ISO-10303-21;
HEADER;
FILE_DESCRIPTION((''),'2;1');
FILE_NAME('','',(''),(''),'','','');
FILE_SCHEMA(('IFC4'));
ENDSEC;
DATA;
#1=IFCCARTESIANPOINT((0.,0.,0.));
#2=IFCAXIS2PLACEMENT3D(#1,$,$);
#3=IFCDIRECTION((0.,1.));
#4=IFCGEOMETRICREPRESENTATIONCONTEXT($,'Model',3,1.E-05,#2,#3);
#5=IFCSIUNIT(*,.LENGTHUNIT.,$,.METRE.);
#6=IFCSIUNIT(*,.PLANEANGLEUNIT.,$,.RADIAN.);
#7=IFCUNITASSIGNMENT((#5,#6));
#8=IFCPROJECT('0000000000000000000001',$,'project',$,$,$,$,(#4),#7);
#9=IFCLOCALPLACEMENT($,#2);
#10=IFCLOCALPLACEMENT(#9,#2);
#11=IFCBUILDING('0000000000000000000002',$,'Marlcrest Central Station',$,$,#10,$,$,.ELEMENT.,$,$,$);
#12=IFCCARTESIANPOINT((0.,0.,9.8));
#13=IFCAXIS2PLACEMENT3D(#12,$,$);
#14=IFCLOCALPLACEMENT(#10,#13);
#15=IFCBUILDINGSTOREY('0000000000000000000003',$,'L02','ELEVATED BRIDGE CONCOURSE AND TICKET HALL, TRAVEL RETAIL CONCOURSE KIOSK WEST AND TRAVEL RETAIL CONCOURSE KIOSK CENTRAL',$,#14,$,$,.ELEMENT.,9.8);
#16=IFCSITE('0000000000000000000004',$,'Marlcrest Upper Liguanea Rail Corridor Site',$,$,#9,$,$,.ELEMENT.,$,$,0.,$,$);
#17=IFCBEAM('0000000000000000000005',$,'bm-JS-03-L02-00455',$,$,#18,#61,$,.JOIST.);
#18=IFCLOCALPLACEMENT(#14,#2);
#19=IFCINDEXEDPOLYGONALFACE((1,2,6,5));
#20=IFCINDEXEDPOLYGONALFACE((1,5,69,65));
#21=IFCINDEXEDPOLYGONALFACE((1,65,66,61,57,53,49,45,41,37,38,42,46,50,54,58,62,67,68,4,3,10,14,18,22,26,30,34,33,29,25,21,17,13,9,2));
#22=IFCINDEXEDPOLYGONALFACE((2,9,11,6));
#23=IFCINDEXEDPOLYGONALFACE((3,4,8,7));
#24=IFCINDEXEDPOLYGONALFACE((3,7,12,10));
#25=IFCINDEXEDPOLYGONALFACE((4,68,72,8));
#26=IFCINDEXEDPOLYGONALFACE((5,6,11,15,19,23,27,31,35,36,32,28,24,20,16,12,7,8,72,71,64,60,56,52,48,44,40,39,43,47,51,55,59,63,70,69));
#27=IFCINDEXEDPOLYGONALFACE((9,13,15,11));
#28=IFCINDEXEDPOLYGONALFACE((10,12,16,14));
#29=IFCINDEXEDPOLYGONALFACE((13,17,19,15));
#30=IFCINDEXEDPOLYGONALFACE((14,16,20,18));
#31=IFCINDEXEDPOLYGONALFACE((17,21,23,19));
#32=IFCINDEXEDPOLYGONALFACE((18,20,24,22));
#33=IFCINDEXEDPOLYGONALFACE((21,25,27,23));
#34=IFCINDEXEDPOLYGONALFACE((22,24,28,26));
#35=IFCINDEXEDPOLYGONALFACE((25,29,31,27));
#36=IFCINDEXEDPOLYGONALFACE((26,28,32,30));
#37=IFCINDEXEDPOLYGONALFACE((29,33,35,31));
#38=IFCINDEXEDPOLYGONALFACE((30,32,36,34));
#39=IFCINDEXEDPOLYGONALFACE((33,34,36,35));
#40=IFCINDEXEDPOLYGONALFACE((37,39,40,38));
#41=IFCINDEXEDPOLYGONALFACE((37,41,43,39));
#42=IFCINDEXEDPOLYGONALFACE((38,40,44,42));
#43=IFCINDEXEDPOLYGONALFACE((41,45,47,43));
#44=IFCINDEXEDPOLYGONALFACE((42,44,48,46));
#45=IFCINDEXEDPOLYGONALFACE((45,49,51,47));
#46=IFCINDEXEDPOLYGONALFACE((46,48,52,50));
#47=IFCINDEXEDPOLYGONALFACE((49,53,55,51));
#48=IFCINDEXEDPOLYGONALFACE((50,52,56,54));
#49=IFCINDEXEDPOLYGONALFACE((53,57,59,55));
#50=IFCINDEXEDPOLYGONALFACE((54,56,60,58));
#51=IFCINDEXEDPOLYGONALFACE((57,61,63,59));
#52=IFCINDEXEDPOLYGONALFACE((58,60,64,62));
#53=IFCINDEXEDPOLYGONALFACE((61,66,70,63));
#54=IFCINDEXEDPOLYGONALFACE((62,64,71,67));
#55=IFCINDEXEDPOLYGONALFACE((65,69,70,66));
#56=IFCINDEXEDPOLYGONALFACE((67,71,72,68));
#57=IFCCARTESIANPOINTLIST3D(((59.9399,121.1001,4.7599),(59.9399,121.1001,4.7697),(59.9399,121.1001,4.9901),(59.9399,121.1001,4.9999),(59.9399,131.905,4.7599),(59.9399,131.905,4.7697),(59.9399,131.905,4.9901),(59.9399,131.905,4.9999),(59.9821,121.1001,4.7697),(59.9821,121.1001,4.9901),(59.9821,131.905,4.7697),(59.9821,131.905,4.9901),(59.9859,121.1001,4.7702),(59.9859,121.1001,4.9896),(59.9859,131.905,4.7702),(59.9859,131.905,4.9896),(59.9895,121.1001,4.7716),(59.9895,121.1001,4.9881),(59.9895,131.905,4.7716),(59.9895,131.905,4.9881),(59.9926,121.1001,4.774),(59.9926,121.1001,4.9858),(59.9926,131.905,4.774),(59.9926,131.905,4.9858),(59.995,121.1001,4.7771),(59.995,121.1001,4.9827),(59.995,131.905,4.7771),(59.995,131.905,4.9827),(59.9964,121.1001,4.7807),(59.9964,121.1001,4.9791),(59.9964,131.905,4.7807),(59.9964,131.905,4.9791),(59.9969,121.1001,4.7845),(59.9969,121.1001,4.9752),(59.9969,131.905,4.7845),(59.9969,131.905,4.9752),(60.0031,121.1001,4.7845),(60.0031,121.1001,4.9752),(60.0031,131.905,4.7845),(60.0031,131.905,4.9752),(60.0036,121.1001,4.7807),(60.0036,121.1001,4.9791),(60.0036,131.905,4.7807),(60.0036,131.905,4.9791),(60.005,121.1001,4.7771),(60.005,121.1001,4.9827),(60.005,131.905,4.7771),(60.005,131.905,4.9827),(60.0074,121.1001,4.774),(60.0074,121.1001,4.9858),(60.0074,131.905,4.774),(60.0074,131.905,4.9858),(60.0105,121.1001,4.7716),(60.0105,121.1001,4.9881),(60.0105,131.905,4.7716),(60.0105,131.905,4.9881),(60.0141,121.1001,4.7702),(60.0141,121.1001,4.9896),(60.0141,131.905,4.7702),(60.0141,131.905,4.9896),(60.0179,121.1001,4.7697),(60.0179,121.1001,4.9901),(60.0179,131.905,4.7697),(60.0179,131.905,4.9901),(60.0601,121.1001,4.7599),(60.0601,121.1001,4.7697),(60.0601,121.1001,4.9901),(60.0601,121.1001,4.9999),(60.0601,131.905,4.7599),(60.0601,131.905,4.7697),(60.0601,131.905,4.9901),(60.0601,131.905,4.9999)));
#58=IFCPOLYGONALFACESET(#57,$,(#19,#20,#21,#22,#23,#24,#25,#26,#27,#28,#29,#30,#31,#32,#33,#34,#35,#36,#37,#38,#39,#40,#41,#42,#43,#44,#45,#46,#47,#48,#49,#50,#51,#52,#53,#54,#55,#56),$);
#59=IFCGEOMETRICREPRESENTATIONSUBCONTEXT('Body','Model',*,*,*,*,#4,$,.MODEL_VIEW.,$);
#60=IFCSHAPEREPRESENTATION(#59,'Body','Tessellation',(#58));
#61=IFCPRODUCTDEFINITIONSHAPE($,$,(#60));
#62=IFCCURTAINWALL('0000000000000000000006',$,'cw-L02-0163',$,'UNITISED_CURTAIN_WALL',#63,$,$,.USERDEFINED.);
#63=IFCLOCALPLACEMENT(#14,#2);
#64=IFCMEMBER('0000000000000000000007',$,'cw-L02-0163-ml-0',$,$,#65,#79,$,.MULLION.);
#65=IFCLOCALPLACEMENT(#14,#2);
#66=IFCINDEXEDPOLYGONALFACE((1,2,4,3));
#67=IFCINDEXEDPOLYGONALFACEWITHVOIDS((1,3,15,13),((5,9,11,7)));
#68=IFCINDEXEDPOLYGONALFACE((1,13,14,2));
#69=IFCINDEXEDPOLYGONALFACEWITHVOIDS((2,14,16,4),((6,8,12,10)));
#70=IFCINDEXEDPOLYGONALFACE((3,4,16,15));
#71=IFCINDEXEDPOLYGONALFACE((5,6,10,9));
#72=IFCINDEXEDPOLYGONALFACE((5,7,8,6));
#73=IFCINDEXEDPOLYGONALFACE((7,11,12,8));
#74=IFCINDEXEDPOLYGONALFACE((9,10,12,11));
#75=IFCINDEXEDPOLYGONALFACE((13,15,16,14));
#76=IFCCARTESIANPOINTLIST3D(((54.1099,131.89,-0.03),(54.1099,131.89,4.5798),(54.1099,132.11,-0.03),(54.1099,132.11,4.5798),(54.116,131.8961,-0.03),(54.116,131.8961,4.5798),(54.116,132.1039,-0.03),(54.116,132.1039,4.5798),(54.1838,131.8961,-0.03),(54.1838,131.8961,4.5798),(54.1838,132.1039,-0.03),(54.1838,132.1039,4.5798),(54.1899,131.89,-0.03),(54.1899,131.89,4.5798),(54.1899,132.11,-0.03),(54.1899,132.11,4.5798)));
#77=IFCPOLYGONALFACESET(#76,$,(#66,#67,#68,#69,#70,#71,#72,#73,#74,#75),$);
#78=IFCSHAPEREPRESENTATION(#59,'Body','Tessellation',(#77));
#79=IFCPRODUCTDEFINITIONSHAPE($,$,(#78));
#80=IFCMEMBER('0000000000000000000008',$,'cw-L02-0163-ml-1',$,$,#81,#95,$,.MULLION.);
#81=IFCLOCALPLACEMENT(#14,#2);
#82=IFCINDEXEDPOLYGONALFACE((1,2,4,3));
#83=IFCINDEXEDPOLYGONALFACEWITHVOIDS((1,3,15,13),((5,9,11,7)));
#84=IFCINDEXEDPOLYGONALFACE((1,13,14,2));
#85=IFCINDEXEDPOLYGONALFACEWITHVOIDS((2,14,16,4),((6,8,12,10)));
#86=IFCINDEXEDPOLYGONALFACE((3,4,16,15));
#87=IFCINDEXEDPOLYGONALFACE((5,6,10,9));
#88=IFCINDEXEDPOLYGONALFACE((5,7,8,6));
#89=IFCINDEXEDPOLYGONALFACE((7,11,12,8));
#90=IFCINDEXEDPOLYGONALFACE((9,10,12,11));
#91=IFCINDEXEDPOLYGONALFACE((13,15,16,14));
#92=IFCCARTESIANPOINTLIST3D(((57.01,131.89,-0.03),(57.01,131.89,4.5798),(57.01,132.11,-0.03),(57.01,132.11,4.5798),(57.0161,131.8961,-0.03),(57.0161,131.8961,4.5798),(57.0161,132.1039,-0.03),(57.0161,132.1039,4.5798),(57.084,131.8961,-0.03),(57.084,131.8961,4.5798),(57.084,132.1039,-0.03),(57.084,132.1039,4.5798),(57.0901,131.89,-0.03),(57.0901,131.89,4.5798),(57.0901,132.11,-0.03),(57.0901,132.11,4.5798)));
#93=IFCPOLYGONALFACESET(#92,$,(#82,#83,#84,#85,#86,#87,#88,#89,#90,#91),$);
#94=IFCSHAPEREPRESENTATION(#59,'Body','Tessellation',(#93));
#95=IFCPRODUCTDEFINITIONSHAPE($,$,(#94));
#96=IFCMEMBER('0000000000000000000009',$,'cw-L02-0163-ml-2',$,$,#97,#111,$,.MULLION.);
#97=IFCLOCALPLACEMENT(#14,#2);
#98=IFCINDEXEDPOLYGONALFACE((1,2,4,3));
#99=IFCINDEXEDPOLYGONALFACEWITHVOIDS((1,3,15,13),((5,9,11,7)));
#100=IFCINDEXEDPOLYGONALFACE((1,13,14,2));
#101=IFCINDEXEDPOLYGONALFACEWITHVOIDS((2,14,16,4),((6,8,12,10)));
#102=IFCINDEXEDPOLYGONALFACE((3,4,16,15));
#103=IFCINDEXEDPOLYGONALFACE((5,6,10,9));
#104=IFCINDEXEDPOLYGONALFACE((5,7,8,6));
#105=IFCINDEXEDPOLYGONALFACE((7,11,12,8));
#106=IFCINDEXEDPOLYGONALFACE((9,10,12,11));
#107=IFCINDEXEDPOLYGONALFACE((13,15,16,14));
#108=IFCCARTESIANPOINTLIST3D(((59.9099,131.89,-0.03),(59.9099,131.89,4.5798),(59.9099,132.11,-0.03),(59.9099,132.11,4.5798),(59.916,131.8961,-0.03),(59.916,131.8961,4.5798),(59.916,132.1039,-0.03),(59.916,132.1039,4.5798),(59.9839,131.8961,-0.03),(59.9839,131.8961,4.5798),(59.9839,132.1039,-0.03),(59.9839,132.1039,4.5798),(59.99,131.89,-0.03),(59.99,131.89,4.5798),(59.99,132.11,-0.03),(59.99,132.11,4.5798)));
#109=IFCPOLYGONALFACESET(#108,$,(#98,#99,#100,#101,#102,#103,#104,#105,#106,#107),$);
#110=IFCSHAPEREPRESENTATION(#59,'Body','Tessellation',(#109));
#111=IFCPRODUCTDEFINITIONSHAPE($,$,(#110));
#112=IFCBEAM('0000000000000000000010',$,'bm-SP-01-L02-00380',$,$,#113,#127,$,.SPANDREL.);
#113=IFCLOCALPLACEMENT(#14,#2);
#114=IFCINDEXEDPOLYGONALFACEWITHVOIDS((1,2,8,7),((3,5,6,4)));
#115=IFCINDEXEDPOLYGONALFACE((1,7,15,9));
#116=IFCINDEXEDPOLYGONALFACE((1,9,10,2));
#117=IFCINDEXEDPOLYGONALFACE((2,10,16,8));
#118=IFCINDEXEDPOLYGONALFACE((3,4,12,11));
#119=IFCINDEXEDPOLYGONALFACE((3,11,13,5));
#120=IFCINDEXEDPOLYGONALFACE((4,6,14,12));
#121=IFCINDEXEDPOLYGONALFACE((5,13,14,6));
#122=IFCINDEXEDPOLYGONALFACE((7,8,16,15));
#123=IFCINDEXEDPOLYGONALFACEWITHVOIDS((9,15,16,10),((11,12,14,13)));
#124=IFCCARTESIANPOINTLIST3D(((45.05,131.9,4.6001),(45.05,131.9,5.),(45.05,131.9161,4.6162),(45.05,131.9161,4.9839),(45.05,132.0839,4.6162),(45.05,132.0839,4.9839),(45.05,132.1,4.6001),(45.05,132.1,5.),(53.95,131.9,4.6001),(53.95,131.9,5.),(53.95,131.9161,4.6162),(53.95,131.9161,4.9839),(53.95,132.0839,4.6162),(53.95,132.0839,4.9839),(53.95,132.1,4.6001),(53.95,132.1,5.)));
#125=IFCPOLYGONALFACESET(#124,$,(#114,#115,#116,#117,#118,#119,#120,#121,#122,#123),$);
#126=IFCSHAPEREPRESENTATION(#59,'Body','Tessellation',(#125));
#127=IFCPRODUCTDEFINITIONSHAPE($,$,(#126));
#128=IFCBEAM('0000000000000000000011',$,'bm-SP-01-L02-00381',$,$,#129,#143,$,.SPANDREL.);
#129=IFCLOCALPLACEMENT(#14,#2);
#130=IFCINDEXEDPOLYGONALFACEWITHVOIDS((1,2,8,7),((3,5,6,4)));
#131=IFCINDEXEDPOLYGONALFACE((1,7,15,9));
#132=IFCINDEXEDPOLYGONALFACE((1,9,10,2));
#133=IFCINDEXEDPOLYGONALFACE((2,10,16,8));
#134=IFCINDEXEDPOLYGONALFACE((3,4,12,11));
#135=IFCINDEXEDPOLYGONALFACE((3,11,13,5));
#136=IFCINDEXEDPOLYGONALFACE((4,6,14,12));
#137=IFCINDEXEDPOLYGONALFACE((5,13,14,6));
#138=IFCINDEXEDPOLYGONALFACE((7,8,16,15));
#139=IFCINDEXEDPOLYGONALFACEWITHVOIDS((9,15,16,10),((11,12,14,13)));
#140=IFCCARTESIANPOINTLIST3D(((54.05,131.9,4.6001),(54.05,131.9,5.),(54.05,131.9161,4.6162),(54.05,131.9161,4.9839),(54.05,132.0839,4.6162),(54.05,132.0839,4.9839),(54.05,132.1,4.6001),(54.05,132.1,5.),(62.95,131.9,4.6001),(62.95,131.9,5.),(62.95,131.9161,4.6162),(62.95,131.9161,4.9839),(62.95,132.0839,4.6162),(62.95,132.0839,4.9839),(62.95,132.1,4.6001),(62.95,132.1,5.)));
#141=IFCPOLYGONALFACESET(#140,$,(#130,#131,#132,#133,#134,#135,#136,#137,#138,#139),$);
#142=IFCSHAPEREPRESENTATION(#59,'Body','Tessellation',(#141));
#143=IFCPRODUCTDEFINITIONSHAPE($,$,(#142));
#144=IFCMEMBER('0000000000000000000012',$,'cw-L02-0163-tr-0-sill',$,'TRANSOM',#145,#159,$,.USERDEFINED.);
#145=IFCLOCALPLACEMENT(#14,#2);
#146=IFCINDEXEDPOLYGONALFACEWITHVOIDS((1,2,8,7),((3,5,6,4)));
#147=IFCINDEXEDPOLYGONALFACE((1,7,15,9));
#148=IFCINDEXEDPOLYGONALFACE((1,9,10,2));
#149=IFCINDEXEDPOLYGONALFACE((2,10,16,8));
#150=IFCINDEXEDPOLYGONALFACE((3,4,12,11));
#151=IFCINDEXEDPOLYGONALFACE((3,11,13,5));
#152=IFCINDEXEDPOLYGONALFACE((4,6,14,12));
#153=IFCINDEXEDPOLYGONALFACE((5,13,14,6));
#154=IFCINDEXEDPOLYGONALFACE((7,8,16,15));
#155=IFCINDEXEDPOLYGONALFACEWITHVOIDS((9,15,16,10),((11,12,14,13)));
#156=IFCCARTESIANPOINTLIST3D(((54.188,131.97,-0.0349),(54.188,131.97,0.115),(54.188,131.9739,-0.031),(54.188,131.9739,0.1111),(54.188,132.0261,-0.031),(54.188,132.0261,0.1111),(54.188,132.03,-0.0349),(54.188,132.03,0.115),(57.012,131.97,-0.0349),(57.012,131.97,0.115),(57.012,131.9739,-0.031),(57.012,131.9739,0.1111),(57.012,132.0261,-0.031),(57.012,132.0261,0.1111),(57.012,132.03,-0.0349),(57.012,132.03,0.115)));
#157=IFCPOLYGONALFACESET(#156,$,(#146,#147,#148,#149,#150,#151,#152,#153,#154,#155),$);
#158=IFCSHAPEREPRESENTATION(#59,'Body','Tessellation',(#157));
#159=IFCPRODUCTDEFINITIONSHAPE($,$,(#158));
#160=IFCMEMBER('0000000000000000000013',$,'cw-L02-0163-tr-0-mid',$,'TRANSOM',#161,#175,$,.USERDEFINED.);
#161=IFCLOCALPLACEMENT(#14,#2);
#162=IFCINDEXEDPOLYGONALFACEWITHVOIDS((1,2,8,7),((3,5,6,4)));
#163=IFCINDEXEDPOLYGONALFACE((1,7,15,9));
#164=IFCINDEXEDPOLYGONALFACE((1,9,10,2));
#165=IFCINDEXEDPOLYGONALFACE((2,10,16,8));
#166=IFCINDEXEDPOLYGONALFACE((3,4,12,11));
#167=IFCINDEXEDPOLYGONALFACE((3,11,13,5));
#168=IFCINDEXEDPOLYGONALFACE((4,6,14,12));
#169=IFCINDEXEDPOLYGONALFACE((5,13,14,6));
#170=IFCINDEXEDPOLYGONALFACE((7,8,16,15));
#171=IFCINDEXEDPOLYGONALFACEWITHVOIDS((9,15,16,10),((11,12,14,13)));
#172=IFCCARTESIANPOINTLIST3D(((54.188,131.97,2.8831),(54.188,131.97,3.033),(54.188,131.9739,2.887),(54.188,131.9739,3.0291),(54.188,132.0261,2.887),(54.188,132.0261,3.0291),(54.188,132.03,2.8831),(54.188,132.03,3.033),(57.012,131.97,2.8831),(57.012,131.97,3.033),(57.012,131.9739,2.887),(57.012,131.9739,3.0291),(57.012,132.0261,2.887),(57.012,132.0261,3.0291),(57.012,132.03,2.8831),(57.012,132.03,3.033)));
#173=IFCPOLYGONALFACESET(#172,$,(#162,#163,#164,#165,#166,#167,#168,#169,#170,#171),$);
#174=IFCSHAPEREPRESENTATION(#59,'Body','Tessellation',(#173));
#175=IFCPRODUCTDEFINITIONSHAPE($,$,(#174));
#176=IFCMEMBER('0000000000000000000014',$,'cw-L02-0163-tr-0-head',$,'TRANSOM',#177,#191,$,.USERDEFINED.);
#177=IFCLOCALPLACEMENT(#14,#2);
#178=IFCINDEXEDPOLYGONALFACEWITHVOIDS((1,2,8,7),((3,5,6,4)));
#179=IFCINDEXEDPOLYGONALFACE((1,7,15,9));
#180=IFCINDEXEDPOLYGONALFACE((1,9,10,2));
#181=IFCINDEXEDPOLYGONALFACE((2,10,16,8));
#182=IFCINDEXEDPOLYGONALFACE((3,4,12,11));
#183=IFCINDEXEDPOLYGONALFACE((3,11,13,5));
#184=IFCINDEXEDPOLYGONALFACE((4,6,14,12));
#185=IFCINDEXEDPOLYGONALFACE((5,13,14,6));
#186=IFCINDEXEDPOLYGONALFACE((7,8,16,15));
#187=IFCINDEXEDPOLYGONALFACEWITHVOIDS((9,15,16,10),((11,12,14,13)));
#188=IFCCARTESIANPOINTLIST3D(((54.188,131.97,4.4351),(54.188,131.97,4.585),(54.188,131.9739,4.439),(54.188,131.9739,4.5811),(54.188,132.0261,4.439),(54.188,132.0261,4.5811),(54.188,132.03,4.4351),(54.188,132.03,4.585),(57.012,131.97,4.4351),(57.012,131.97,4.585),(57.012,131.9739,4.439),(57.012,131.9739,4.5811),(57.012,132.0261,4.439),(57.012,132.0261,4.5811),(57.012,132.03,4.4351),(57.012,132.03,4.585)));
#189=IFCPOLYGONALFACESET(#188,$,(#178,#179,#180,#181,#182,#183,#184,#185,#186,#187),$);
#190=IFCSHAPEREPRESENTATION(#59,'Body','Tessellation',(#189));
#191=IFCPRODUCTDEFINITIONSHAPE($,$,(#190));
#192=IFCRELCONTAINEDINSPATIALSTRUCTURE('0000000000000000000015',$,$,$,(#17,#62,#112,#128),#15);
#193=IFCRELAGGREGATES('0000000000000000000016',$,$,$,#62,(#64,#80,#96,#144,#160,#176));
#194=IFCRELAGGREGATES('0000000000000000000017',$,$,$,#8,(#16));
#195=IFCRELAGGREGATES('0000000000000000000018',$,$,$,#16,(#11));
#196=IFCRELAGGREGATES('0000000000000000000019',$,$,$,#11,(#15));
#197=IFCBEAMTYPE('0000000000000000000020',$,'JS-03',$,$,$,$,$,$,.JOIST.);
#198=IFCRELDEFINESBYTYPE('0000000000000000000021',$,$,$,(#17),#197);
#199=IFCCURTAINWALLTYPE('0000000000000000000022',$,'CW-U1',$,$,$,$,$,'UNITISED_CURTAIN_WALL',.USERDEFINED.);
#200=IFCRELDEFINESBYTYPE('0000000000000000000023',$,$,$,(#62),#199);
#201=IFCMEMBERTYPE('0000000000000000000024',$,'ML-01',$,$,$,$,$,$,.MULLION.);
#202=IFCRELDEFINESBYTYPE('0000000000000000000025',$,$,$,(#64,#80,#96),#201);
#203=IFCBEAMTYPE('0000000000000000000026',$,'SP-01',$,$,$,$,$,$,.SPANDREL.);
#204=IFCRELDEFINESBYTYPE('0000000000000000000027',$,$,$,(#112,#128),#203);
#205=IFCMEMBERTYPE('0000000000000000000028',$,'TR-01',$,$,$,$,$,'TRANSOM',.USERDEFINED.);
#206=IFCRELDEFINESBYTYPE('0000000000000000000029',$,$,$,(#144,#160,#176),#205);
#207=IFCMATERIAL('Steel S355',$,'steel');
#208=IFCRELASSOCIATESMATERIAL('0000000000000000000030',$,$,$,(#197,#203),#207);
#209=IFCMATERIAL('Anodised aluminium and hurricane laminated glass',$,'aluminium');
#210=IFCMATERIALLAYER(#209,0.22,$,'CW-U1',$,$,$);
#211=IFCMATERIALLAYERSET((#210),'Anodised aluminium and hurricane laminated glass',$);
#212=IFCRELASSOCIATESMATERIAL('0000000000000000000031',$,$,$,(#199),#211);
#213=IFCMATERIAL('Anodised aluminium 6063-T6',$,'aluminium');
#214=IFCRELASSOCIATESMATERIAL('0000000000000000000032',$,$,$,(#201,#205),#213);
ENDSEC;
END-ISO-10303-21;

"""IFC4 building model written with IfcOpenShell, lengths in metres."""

from ifc_helpers import new_model, si_unit, direction, frame, origin, origin_2d, place, context, subcontext, project, spatial, hollow_rectangle, i_section, extrude, material, layer, layer_set, material_profile, profile_set, type_object, element, aggregate, save


model = new_model("IFC4")

# Units and contexts
model_context = context("Model", 3, precision=1e-05, world=origin(), true_north=direction((0.0, 1.0)))
body_context = subcontext(model_context, "Body", "Model", "MODEL_VIEW")
ifc_project = project(units=[si_unit("LENGTHUNIT", "METRE"), si_unit("PLANEANGLEUNIT", "RADIAN")], contexts=[model_context])

# Site, building, storey
site_placement = place(None, origin())
site = spatial("IfcSite", under=ifc_project, at=site_placement, Name="Marlcrest Upper Liguanea Rail Corridor Site", CompositionType="ELEMENT", RefElevation=0.0)
building_placement = place(site_placement, origin())
building = spatial("IfcBuilding", under=site, at=building_placement, Name="Marlcrest Central Station", CompositionType="ELEMENT")
storey_placement = place(building_placement, frame((0.0, 0.0, 9.8)))
storey = spatial("IfcBuildingStorey", under=building, at=storey_placement, Name="L02", Description="ELEVATED BRIDGE CONCOURSE AND TICKET HALL, TRAVEL RETAIL CONCOURSE KIOSK WEST AND TRAVEL RETAIL CONCOURSE KIOSK CENTRAL", CompositionType="ELEMENT", Elevation=9.8)

# Shared definitions
ifc_material_1 = material(Name="Steel S355", Category="steel")

# Beam
ifc_material_profile_1 = material_profile(ifc_material_1, i_section(OverallWidth=0.1201, OverallDepth=0.24, WebThickness=0.0061, FlangeThickness=0.0098, FilletRadius=0.0149, at=origin_2d()), Name="IPE 240")
ifc_profile_set_1 = profile_set([ifc_material_profile_1], Name="Steel S355")
beam_type_1 = type_object("IfcBeamType", Name="JS-03", PredefinedType="JOIST", material=ifc_profile_set_1)
for number, where, z_axis, x_axis, name in (
    (1, (60.0, 121.1001, 4.8799), (0.0, 1.0, 0.0), (-1.0, 0.0, 0.0), "bm-JS-03-L02-00455"),
):
    element("IfcBeam", number, at=place(storey_placement, frame(where, z_axis=z_axis, x_axis=x_axis)), inside=storey, type_object=beam_type_1, Name=name, PredefinedType="JOIST", context=body_context, shape_type="SweptSolid", body=[
        extrude(i_section(OverallWidth=0.1201, OverallDepth=0.24, WebThickness=0.0061, FlangeThickness=0.0098, FilletRadius=0.0149, at=origin_2d()), origin(), (0.0, 0.0, 1.0), 10.8049),
    ])

# Curtain wall, members
ifc_material_2 = material(Name="Anodised aluminium and hurricane laminated glass", Category="aluminium")
ifc_layer_1 = layer(ifc_material_2, 0.22, Name="CW-U1")
ifc_layer_set_1 = layer_set([ifc_layer_1], Name="Anodised aluminium and hurricane laminated glass")
curtain_wall_type = type_object("IfcCurtainWallType", Name="CW-U1", ElementType="UNITISED_CURTAIN_WALL", PredefinedType="USERDEFINED", material=ifc_layer_set_1)
curtain_wall_placement = place(storey_placement, origin())
curtain_wall = element("IfcCurtainWall", 2, at=curtain_wall_placement, inside=storey, type_object=curtain_wall_type, Name="cw-L02-0163", ObjectType="UNITISED_CURTAIN_WALL", PredefinedType="USERDEFINED")
ifc_material_3 = material(Name="Anodised aluminium 6063-T6", Category="aluminium")
ifc_material_profile_2 = material_profile(ifc_material_3, hollow_rectangle(XDim=0.0801, YDim=0.22, WallThickness=0.0061, at=origin_2d()), Name="AA-RHS 220x80x6")
ifc_profile_set_2 = profile_set([ifc_material_profile_2], Name="Anodised aluminium 6063-T6")
member_type_1 = type_object("IfcMemberType", Name="ML-01", PredefinedType="MULLION", material=ifc_profile_set_2)
member_1_placement = place(storey_placement, frame((54.1499, 132.0, -0.03), z_axis=(0.0, 0.0, 1.0), x_axis=(1.0, 0.0, 0.0)))
member_1 = element("IfcMember", 3, at=member_1_placement, type_object=member_type_1, Name="cw-L02-0163-ml-0", PredefinedType="MULLION", context=body_context, shape_type="SweptSolid", body=[
    extrude(hollow_rectangle(XDim=0.0801, YDim=0.22, WallThickness=0.0061, at=origin_2d()), origin(), (0.0, 0.0, 1.0), 4.6099),
])
member_2_placement = place(storey_placement, frame((57.05, 132.0, -0.03), z_axis=(0.0, 0.0, 1.0), x_axis=(1.0, 0.0, 0.0)))
member_2 = element("IfcMember", 4, at=member_2_placement, type_object=member_type_1, Name="cw-L02-0163-ml-1", PredefinedType="MULLION", context=body_context, shape_type="SweptSolid", body=[
    extrude(hollow_rectangle(XDim=0.0801, YDim=0.22, WallThickness=0.0061, at=origin_2d()), origin(), (0.0, 0.0, 1.0), 4.6099),
])
member_3_placement = place(storey_placement, frame((59.95, 132.0, -0.03), z_axis=(0.0, 0.0, 1.0), x_axis=(1.0, 0.0, 0.0)))
member_3 = element("IfcMember", 5, at=member_3_placement, type_object=member_type_1, Name="cw-L02-0163-ml-2", PredefinedType="MULLION", context=body_context, shape_type="SweptSolid", body=[
    extrude(hollow_rectangle(XDim=0.0801, YDim=0.22, WallThickness=0.0061, at=origin_2d()), origin(), (0.0, 0.0, 1.0), 4.6099),
])

# Beams
ifc_material_profile_3 = material_profile(ifc_material_1, hollow_rectangle(XDim=0.2, YDim=0.3999, WallThickness=0.0161, at=origin_2d()), Name="RHS 400x200x16")
ifc_profile_set_3 = profile_set([ifc_material_profile_3], Name="Steel S355")
beam_type_2 = type_object("IfcBeamType", Name="SP-01", PredefinedType="SPANDREL", material=ifc_profile_set_3)
for number, where, z_axis, x_axis, name in (
    (6, (45.05, 132.0, 4.8), (1.0, 0.0, 0.0), (0.0, 1.0, 0.0), "bm-SP-01-L02-00380"),
    (7, (54.05, 132.0, 4.8), (1.0, 0.0, 0.0), (0.0, 1.0, 0.0), "bm-SP-01-L02-00381"),
):
    element("IfcBeam", number, at=place(storey_placement, frame(where, z_axis=z_axis, x_axis=x_axis)), inside=storey, type_object=beam_type_2, Name=name, PredefinedType="SPANDREL", context=body_context, shape_type="SweptSolid", body=[
        extrude(hollow_rectangle(XDim=0.2, YDim=0.3999, WallThickness=0.0161, at=origin_2d()), origin(), (0.0, 0.0, 1.0), 8.8999),
    ])

# Members
ifc_material_profile_4 = material_profile(ifc_material_3, hollow_rectangle(XDim=0.0601, YDim=0.1499, WallThickness=0.0039, at=origin_2d()), Name="AA-RHS 150x60x4")
ifc_profile_set_4 = profile_set([ifc_material_profile_4], Name="Anodised aluminium 6063-T6")
member_type_2 = type_object("IfcMemberType", Name="TR-01", ElementType="TRANSOM", PredefinedType="USERDEFINED", material=ifc_profile_set_4)
member_4_placement = place(storey_placement, frame((54.188, 132.0, 0.04), z_axis=(1.0, 0.0, 0.0), x_axis=(0.0, 1.0, 0.0)))
member_4 = element("IfcMember", 8, at=member_4_placement, type_object=member_type_2, Name="cw-L02-0163-tr-0-sill", ObjectType="TRANSOM", PredefinedType="USERDEFINED", context=body_context, shape_type="SweptSolid", body=[
    extrude(hollow_rectangle(XDim=0.0601, YDim=0.1499, WallThickness=0.0039, at=origin_2d()), origin(), (0.0, 0.0, 1.0), 2.824),
])
member_5_placement = place(storey_placement, frame((54.188, 132.0, 2.958), z_axis=(1.0, 0.0, 0.0), x_axis=(0.0, 1.0, 0.0)))
member_5 = element("IfcMember", 9, at=member_5_placement, type_object=member_type_2, Name="cw-L02-0163-tr-0-mid", ObjectType="TRANSOM", PredefinedType="USERDEFINED", context=body_context, shape_type="SweptSolid", body=[
    extrude(hollow_rectangle(XDim=0.0601, YDim=0.1499, WallThickness=0.0039, at=origin_2d()), origin(), (0.0, 0.0, 1.0), 2.824),
])
member_6_placement = place(storey_placement, frame((54.188, 132.0, 4.51), z_axis=(1.0, 0.0, 0.0), x_axis=(0.0, 1.0, 0.0)))
member_6 = element("IfcMember", 10, at=member_6_placement, type_object=member_type_2, Name="cw-L02-0163-tr-0-head", ObjectType="TRANSOM", PredefinedType="USERDEFINED", context=body_context, shape_type="SweptSolid", body=[
    extrude(hollow_rectangle(XDim=0.0601, YDim=0.1499, WallThickness=0.0039, at=origin_2d()), origin(), (0.0, 0.0, 1.0), 2.824),
])

aggregate(curtain_wall, [member_1, member_2, member_3, member_4, member_5, member_6])

save(model, "model.ifc")
